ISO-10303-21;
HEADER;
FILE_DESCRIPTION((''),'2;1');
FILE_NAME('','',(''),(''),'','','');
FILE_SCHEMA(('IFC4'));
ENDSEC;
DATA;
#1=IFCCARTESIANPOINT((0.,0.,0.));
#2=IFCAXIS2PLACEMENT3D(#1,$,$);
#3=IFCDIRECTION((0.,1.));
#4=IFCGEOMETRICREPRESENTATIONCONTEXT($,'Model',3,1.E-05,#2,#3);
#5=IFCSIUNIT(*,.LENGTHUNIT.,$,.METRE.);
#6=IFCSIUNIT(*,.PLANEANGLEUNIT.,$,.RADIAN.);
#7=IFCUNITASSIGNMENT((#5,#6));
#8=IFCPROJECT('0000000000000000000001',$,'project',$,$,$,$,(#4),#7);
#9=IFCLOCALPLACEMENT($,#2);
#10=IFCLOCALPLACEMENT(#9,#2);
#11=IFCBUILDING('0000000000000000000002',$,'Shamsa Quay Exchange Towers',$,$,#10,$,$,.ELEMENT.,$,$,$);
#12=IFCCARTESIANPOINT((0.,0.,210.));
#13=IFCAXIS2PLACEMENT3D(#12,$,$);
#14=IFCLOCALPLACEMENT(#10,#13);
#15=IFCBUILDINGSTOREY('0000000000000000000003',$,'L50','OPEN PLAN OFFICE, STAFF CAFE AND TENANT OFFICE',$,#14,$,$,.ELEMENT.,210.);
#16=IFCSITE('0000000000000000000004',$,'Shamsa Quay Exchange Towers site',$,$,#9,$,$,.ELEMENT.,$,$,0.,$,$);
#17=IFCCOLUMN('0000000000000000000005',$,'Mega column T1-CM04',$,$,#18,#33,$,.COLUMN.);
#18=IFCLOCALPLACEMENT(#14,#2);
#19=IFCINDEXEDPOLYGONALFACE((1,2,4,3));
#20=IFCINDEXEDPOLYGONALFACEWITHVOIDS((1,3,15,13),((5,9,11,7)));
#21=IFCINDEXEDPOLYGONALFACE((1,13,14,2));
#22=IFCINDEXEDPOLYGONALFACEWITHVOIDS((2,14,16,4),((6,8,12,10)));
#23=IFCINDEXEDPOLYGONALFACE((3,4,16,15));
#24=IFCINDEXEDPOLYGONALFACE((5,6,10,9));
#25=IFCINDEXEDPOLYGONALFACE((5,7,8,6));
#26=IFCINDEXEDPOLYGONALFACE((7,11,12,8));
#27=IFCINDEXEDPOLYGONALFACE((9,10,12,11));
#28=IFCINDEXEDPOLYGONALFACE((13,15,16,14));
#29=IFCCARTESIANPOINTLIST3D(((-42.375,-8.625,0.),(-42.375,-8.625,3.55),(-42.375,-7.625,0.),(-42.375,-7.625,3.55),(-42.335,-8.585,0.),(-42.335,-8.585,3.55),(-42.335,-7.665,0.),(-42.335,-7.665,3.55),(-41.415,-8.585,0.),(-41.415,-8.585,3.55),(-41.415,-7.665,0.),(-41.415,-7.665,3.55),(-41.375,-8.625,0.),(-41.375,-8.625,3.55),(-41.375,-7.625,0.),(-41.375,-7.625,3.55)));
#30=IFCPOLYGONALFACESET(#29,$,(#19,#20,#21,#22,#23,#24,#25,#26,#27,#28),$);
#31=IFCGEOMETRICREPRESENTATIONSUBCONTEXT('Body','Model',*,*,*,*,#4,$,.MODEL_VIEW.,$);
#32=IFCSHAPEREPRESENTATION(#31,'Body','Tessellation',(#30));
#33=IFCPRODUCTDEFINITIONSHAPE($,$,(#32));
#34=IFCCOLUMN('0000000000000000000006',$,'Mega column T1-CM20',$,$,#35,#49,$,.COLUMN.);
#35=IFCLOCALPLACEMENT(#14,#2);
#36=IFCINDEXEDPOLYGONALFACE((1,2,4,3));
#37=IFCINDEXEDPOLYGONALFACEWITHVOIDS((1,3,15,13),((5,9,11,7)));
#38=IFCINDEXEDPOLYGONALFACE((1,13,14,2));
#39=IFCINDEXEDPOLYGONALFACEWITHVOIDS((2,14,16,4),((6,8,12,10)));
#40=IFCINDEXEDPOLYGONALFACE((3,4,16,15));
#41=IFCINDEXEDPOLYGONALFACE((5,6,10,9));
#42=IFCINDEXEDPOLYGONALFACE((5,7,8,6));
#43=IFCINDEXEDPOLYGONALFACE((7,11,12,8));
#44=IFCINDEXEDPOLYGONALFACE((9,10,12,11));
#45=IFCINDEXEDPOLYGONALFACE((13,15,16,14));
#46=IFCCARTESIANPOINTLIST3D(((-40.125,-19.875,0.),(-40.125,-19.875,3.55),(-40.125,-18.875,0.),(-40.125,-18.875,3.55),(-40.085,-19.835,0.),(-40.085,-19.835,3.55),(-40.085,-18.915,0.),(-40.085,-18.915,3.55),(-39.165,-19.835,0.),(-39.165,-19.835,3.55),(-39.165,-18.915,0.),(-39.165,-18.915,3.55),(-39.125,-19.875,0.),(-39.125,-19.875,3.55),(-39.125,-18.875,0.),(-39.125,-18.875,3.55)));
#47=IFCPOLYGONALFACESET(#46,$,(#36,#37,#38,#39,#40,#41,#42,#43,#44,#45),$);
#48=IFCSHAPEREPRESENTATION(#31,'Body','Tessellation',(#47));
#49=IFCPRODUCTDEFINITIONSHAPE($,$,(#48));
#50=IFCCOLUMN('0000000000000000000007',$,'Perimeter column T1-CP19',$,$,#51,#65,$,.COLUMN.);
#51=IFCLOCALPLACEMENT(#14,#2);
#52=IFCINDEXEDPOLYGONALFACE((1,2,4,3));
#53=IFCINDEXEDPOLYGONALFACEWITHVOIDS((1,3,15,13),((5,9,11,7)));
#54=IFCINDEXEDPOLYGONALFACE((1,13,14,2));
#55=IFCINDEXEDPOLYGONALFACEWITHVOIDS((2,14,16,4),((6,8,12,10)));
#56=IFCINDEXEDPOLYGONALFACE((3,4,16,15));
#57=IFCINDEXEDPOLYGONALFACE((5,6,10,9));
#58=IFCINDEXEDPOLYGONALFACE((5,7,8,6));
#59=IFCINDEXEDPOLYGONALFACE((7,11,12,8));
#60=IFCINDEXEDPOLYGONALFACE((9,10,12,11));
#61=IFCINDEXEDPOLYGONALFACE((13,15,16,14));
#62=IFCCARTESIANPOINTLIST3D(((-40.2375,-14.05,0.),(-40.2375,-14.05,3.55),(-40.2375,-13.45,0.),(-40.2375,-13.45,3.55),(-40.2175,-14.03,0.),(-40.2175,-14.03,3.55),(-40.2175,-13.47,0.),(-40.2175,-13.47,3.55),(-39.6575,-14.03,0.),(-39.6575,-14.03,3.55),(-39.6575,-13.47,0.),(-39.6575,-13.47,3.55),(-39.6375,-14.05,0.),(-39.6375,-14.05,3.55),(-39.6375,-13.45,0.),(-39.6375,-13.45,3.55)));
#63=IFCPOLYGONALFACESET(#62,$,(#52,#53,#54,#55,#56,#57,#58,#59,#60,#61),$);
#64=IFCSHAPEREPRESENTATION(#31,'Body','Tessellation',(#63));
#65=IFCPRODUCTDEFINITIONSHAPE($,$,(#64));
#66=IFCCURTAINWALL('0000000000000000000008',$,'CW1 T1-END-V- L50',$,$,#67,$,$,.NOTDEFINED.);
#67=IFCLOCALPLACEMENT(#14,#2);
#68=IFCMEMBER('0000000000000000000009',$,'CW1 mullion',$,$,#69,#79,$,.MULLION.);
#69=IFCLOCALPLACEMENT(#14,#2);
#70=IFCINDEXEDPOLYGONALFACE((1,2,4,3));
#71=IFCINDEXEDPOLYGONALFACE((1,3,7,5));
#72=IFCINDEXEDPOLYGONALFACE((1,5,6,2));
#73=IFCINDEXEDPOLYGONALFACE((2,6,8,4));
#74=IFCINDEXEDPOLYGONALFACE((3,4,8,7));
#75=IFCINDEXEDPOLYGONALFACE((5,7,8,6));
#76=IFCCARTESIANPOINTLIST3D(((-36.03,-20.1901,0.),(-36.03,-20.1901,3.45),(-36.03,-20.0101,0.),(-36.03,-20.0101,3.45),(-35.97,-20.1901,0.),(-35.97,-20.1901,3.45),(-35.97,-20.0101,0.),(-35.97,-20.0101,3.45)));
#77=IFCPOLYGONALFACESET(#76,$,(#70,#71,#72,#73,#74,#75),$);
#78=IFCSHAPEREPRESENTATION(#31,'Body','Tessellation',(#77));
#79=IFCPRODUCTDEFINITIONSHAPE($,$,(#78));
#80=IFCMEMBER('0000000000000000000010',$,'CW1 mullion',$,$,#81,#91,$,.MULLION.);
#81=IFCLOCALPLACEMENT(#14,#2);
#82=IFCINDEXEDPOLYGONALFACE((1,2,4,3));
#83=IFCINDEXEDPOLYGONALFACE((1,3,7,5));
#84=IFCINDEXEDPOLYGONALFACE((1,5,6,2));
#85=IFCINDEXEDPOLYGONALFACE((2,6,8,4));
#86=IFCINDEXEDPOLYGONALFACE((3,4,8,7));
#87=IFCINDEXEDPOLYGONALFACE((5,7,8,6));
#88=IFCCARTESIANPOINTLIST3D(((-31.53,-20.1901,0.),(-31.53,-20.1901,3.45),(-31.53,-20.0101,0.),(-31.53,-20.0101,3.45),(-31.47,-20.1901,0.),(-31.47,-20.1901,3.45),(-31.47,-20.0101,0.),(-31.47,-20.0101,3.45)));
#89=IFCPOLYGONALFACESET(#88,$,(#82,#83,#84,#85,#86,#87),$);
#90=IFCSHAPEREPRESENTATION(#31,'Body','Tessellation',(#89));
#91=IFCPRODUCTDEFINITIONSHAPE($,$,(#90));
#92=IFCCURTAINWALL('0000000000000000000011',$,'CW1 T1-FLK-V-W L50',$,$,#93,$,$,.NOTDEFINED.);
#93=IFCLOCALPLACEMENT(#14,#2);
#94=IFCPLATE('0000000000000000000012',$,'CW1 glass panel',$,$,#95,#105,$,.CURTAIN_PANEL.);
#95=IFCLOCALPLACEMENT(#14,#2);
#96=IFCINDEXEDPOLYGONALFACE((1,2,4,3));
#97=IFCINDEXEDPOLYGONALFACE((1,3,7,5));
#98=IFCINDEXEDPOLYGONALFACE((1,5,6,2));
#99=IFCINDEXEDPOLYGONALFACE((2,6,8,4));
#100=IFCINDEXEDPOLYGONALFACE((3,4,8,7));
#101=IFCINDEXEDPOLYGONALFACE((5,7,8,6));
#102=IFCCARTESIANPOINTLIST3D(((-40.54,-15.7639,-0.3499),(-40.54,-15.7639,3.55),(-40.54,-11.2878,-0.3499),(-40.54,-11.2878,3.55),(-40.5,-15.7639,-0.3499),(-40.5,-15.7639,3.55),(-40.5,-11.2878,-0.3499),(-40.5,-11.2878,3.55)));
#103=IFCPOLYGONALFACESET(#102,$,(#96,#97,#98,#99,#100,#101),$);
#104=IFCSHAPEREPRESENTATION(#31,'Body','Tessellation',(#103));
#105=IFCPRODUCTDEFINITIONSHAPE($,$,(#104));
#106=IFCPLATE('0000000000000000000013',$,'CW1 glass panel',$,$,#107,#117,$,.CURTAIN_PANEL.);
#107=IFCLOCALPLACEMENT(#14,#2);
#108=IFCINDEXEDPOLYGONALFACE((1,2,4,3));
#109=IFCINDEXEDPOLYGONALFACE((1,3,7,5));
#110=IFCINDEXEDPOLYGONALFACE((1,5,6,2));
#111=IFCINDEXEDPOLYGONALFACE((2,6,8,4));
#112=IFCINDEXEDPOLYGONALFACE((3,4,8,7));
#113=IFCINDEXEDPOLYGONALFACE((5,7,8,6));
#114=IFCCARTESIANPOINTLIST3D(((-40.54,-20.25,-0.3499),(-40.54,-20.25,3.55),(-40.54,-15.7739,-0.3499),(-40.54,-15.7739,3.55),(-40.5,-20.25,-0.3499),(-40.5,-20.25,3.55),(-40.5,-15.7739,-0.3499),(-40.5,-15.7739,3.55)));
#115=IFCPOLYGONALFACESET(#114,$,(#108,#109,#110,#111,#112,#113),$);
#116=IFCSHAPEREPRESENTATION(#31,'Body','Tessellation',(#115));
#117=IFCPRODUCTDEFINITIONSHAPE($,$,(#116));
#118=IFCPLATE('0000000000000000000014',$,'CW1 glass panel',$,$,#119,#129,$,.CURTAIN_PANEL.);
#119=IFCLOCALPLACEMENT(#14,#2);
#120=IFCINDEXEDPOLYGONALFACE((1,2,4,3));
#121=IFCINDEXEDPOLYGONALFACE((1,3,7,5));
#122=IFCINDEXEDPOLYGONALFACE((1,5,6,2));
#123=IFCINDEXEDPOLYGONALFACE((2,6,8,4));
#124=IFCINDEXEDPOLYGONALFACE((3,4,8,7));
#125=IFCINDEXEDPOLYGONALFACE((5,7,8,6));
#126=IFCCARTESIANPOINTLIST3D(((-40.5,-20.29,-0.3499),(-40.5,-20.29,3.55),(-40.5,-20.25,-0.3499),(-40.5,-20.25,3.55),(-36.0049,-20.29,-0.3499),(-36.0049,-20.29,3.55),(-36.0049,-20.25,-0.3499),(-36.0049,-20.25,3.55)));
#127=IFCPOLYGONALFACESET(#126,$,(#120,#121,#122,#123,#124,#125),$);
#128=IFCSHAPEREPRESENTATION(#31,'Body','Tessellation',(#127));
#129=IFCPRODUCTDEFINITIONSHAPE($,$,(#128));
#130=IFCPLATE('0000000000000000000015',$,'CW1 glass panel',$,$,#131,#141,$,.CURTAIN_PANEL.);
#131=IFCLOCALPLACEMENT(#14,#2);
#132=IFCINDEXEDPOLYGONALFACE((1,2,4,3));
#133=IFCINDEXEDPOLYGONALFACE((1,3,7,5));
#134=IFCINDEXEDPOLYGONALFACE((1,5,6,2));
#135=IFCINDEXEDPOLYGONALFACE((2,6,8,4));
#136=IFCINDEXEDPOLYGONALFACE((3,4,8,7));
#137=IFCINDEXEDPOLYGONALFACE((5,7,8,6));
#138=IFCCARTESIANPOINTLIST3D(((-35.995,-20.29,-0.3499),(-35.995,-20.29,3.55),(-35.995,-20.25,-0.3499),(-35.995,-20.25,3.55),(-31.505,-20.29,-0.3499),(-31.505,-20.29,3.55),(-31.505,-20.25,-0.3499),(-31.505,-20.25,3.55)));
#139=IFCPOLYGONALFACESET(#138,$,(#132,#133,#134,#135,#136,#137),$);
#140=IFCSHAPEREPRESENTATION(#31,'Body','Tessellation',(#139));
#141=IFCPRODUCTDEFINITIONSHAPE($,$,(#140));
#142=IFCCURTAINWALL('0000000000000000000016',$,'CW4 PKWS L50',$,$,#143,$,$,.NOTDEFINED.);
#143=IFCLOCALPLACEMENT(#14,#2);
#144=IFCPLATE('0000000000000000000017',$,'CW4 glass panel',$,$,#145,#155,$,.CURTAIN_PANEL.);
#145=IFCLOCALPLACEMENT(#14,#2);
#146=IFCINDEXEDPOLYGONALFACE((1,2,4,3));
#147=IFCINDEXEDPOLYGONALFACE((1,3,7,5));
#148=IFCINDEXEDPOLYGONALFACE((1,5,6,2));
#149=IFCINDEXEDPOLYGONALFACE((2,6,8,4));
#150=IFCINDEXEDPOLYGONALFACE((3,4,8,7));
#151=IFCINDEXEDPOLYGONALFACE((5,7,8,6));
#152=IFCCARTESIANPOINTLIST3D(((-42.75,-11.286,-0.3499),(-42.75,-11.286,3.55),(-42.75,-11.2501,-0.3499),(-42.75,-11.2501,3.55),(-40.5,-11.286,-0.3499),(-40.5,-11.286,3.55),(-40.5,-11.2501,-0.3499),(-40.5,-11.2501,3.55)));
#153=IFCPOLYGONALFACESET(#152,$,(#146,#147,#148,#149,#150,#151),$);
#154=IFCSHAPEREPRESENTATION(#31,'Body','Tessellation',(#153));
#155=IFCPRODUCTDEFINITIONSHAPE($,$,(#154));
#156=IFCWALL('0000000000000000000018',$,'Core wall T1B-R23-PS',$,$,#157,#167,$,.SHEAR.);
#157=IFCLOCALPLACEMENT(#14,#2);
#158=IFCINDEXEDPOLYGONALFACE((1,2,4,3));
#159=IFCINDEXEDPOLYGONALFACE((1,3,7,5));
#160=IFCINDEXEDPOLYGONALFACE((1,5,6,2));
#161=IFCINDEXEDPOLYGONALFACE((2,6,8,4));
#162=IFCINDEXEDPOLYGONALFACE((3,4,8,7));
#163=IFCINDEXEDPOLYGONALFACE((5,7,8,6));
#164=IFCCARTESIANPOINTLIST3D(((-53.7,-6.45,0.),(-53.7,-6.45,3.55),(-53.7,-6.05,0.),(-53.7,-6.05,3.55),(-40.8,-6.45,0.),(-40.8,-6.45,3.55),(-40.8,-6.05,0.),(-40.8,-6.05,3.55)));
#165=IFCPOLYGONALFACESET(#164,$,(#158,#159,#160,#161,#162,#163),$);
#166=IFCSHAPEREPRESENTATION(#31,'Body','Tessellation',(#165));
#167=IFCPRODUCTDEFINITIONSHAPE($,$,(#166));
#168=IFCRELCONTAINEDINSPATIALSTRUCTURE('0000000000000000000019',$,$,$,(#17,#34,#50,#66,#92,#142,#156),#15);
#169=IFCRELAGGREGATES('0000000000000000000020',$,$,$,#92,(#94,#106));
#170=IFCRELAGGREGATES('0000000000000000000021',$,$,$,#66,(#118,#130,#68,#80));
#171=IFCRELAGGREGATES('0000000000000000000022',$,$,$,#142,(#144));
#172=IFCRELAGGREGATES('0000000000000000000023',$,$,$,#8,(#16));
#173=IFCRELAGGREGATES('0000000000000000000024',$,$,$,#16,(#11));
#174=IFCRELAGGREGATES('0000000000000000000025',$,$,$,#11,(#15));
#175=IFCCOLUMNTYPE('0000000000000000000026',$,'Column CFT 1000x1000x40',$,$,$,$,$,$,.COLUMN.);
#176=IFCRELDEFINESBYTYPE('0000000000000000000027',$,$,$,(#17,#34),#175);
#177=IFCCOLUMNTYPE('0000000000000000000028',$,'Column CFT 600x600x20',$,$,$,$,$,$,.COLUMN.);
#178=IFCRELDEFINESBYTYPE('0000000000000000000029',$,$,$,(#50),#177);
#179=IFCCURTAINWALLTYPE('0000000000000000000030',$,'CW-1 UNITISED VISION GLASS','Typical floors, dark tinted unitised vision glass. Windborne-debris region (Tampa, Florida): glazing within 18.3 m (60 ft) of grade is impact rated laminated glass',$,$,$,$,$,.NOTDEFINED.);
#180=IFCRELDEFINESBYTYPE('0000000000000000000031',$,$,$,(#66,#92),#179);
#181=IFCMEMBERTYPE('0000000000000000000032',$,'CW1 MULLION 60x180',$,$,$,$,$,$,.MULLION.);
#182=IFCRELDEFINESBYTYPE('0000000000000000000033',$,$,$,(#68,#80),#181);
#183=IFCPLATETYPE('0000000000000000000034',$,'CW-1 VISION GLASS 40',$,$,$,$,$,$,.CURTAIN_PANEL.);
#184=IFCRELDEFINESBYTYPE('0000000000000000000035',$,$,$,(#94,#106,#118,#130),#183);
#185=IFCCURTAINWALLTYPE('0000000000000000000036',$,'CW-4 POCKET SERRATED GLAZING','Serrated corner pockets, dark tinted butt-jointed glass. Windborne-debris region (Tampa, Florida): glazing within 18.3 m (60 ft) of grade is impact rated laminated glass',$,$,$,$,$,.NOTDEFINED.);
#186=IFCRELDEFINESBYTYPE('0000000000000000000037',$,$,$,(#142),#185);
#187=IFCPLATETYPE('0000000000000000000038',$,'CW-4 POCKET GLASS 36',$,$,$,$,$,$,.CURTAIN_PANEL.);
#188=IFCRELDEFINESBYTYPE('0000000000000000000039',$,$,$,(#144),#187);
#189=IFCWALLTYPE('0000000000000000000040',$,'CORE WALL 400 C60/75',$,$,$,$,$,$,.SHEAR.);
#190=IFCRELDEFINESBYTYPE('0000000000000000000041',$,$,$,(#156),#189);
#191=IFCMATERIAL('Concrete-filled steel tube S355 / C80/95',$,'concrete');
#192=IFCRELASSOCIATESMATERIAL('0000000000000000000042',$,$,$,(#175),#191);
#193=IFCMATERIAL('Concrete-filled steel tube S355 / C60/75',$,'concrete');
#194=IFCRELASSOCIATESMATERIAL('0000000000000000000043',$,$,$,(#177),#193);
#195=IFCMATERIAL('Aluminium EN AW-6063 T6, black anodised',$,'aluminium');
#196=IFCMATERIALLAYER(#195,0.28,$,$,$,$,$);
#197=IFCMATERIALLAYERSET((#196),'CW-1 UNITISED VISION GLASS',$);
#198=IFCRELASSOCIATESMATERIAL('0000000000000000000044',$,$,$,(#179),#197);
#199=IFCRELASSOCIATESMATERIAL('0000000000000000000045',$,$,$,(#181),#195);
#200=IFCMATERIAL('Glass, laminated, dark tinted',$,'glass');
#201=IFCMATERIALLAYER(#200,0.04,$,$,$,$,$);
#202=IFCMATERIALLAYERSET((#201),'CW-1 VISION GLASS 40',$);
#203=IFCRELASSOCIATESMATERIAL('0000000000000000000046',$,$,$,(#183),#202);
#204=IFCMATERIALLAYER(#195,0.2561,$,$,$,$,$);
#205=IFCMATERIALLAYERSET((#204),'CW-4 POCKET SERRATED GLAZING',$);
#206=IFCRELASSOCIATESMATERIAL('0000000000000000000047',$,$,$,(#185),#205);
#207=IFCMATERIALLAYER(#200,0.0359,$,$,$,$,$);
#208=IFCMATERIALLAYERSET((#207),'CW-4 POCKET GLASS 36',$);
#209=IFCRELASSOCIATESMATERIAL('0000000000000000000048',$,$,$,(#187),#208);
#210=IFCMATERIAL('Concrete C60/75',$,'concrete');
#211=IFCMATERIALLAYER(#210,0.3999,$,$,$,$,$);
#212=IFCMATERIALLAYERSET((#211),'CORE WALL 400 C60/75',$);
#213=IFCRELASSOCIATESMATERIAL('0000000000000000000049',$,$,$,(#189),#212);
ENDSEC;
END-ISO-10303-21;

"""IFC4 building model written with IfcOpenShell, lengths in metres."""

from ifc_helpers import new_model, si_unit, direction, frame, frame_2d, origin, origin_2d, place, context, subcontext, project, spatial, rectangle, hollow_rectangle, extrude, material, layer, layer_set, material_profile, profile_set, type_object, element, aggregate, save


model = new_model("IFC4")

# Units and contexts
model_context = context("Model", 3, precision=1e-05, world=origin(), true_north=direction((0.0, 1.0)))
body_context = subcontext(model_context, "Body", "Model", "MODEL_VIEW")
ifc_project = project(units=[si_unit("LENGTHUNIT", "METRE"), si_unit("PLANEANGLEUNIT", "RADIAN")], contexts=[model_context])

# Site, building, storey
site_placement = place(None, origin())
site = spatial("IfcSite", under=ifc_project, at=site_placement, Name="Shamsa Quay Exchange Towers site", CompositionType="ELEMENT", RefElevation=0.0)
building_placement = place(site_placement, origin())
building = spatial("IfcBuilding", under=site, at=building_placement, Name="Shamsa Quay Exchange Towers", CompositionType="ELEMENT")
storey_placement = place(building_placement, frame((0.0, 0.0, 210.0)))
storey = spatial("IfcBuildingStorey", under=building, at=storey_placement, Name="L50", Description="OPEN PLAN OFFICE, STAFF CAFE AND TENANT OFFICE", CompositionType="ELEMENT", Elevation=210.0)

# Columns
ifc_material_1 = material(Name="Concrete-filled steel tube S355 / C80/95", Category="concrete")
ifc_material_profile_1 = material_profile(ifc_material_1, hollow_rectangle(XDim=1.0, YDim=1.0, WallThickness=0.04, at=origin_2d()), Name="CFT 1000x1000x40")
ifc_profile_set_1 = profile_set([ifc_material_profile_1], Name="Concrete-filled steel tube S355 / C80/95")
column_type_1 = type_object("IfcColumnType", Name="Column CFT 1000x1000x40", PredefinedType="COLUMN", material=ifc_profile_set_1)
for number, where, name in (
    (1, (-41.875, -8.125, 0.0), "Mega column T1-CM04"),
    (2, (-39.625, -19.375, 0.0), "Mega column T1-CM20"),
):
    element("IfcColumn", number, at=place(storey_placement, frame(where)), inside=storey, type_object=column_type_1, Name=name, PredefinedType="COLUMN", context=body_context, shape_type="SweptSolid", body=[
        extrude(hollow_rectangle(XDim=1.0, YDim=1.0, WallThickness=0.04, at=origin_2d()), origin(), (0.0, 0.0, 1.0), 3.55),
    ])
ifc_material_2 = material(Name="Concrete-filled steel tube S355 / C60/75", Category="concrete")
ifc_material_profile_2 = material_profile(ifc_material_2, hollow_rectangle(XDim=0.6001, YDim=0.6001, WallThickness=0.02, at=origin_2d()), Name="CFT 600x600x20")
ifc_profile_set_2 = profile_set([ifc_material_profile_2], Name="Concrete-filled steel tube S355 / C60/75")
column_type_2 = type_object("IfcColumnType", Name="Column CFT 600x600x20", PredefinedType="COLUMN", material=ifc_profile_set_2)
column_placement = place(storey_placement, frame((-39.9375, -13.75, 0.0)))
element("IfcColumn", 3, at=column_placement, inside=storey, type_object=column_type_2, Name="Perimeter column T1-CP19", PredefinedType="COLUMN", context=body_context, shape_type="SweptSolid", body=[
    extrude(hollow_rectangle(XDim=0.6001, YDim=0.6001, WallThickness=0.02, at=origin_2d()), origin(), (0.0, 0.0, 1.0), 3.55),
])

# Curtain wall, members
ifc_material_3 = material(Name="Aluminium EN AW-6063 T6, black anodised", Category="aluminium")
ifc_layer_1 = layer(ifc_material_3, 0.28)
ifc_layer_set_1 = layer_set([ifc_layer_1], Name="CW-1 UNITISED VISION GLASS")
curtain_wall_type_1 = type_object("IfcCurtainWallType", Name="CW-1 UNITISED VISION GLASS", Description="Typical floors, dark tinted unitised vision glass. Windborne-debris region (Tampa, Florida): glazing within 18.3 m (60 ft) of grade is impact rated laminated glass", PredefinedType="NOTDEFINED", material=ifc_layer_set_1)
curtain_wall_1_placement = place(storey_placement, origin())
curtain_wall_1 = element("IfcCurtainWall", 4, at=curtain_wall_1_placement, inside=storey, type_object=curtain_wall_type_1, Name="CW1 T1-END-V- L50", PredefinedType="NOTDEFINED")
ifc_material_profile_3 = material_profile(ifc_material_3, rectangle(XDim=0.1799, YDim=0.0601, at=origin_2d()), Name="MU60x180")
ifc_profile_set_3 = profile_set([ifc_material_profile_3], Name="Aluminium EN AW-6063 T6, black anodised")
member_type = type_object("IfcMemberType", Name="CW1 MULLION 60x180", PredefinedType="MULLION", material=ifc_profile_set_3)
member_1_placement = place(storey_placement, frame((-36.0, -20.1001, 0.0), z_axis=(0.0, 0.0, 1.0), x_axis=(0.0, 1.0, 0.0)))
member_1 = element("IfcMember", 5, at=member_1_placement, type_object=member_type, Name="CW1 mullion", PredefinedType="MULLION", context=body_context, shape_type="SweptSolid", body=[
    extrude(rectangle(XDim=0.1799, YDim=0.0601, at=origin_2d()), origin(), (0.0, 0.0, 1.0), 3.45),
])
member_2_placement = place(storey_placement, frame((-31.5, -20.1001, 0.0), z_axis=(0.0, 0.0, 1.0), x_axis=(0.0, 1.0, 0.0)))
member_2 = element("IfcMember", 6, at=member_2_placement, type_object=member_type, Name="CW1 mullion", PredefinedType="MULLION", context=body_context, shape_type="SweptSolid", body=[
    extrude(rectangle(XDim=0.1799, YDim=0.0601, at=origin_2d()), origin(), (0.0, 0.0, 1.0), 3.45),
])

# Curtain wall, plates
curtain_wall_2_placement = place(storey_placement, origin())
curtain_wall_2 = element("IfcCurtainWall", 7, at=curtain_wall_2_placement, inside=storey, type_object=curtain_wall_type_1, Name="CW1 T1-FLK-V-W L50", PredefinedType="NOTDEFINED")
ifc_material_4 = material(Name="Glass, laminated, dark tinted", Category="glass")
ifc_layer_2 = layer(ifc_material_4, 0.04)
ifc_layer_set_2 = layer_set([ifc_layer_2], Name="CW-1 VISION GLASS 40")
plate_type_1 = type_object("IfcPlateType", Name="CW-1 VISION GLASS 40", PredefinedType="CURTAIN_PANEL", material=ifc_layer_set_2)
plate_1_placement = place(storey_placement, frame((-40.52, -13.5259, -0.3499), z_axis=(0.0, 0.0, 1.0), x_axis=(0.0, -1.0, 0.0)))
plate_1 = element("IfcPlate", 8, at=plate_1_placement, type_object=plate_type_1, Name="CW1 glass panel", PredefinedType="CURTAIN_PANEL", context=body_context, shape_type="SweptSolid", body=[
    extrude(rectangle(XDim=4.4761, YDim=0.04, at=origin_2d()), origin(), (0.0, 0.0, 1.0), 3.8999),
])
plate_2_placement = place(storey_placement, frame((-40.52, -18.012, -0.3499), z_axis=(0.0, 0.0, 1.0), x_axis=(0.0, -1.0, 0.0)))
plate_2 = element("IfcPlate", 9, at=plate_2_placement, type_object=plate_type_1, Name="CW1 glass panel", PredefinedType="CURTAIN_PANEL", context=body_context, shape_type="SweptSolid", body=[
    extrude(rectangle(XDim=4.4761, YDim=0.04, at=origin_2d()), origin(), (0.0, 0.0, 1.0), 3.8999),
])
aggregate(curtain_wall_2, [plate_1, plate_2])

# Plates
plate_3_placement = place(storey_placement, frame((-38.2524, -20.27, -0.3499)))
plate_3 = element("IfcPlate", 10, at=plate_3_placement, type_object=plate_type_1, Name="CW1 glass panel", PredefinedType="CURTAIN_PANEL", context=body_context, shape_type="SweptSolid", body=[
    extrude(rectangle(XDim=4.4951, YDim=0.04, at=origin_2d()), origin(), (0.0, 0.0, 1.0), 3.8999),
])
plate_4_placement = place(storey_placement, frame((-33.75, -20.27, -0.3499)))
plate_4 = element("IfcPlate", 11, at=plate_4_placement, type_object=plate_type_1, Name="CW1 glass panel", PredefinedType="CURTAIN_PANEL", context=body_context, shape_type="SweptSolid", body=[
    extrude(rectangle(XDim=4.49, YDim=0.04, at=origin_2d()), origin(), (0.0, 0.0, 1.0), 3.8999),
])
aggregate(curtain_wall_1, [plate_3, plate_4, member_1, member_2])

# Curtain wall, plate
ifc_layer_3 = layer(ifc_material_3, 0.2561)
ifc_layer_set_3 = layer_set([ifc_layer_3], Name="CW-4 POCKET SERRATED GLAZING")
curtain_wall_type_2 = type_object("IfcCurtainWallType", Name="CW-4 POCKET SERRATED GLAZING", Description="Serrated corner pockets, dark tinted butt-jointed glass. Windborne-debris region (Tampa, Florida): glazing within 18.3 m (60 ft) of grade is impact rated laminated glass", PredefinedType="NOTDEFINED", material=ifc_layer_set_3)
curtain_wall_3_placement = place(storey_placement, origin())
curtain_wall_3 = element("IfcCurtainWall", 12, at=curtain_wall_3_placement, inside=storey, type_object=curtain_wall_type_2, Name="CW4 PKWS L50", PredefinedType="NOTDEFINED")
ifc_layer_4 = layer(ifc_material_4, 0.0359)
ifc_layer_set_4 = layer_set([ifc_layer_4], Name="CW-4 POCKET GLASS 36")
plate_type_2 = type_object("IfcPlateType", Name="CW-4 POCKET GLASS 36", PredefinedType="CURTAIN_PANEL", material=ifc_layer_set_4)
plate_5_placement = place(storey_placement, frame((-41.625, -11.2681, -0.3499)))
plate_5 = element("IfcPlate", 13, at=plate_5_placement, type_object=plate_type_2, Name="CW4 glass panel", PredefinedType="CURTAIN_PANEL", context=body_context, shape_type="SweptSolid", body=[
    extrude(rectangle(XDim=2.25, YDim=0.0359, at=origin_2d()), origin(), (0.0, 0.0, 1.0), 3.8999),
])
aggregate(curtain_wall_3, [plate_5])

# Wall
ifc_material_5 = material(Name="Concrete C60/75", Category="concrete")
ifc_layer_5 = layer(ifc_material_5, 0.3999)
ifc_layer_set_5 = layer_set([ifc_layer_5], Name="CORE WALL 400 C60/75")
wall_type_1 = type_object("IfcWallType", Name="CORE WALL 400 C60/75", PredefinedType="SHEAR", material=ifc_layer_set_5)
wall_1_placement = place(storey_placement, frame((-40.8, -6.25, 0.0), z_axis=(0.0, 0.0, 1.0), x_axis=(-1.0, 0.0, 0.0)))
element("IfcWall", 14, at=wall_1_placement, inside=storey, type_object=wall_type_1, Name="Core wall T1B-R23-PS", PredefinedType="SHEAR", context=body_context, shape_type="SweptSolid", body=[
    extrude(rectangle(XDim=12.8999, YDim=0.3999, at=frame_2d((6.45, 0.0))), origin(), (0.0, 0.0, 1.0), 3.55),
])

save(model, "model.ifc")
